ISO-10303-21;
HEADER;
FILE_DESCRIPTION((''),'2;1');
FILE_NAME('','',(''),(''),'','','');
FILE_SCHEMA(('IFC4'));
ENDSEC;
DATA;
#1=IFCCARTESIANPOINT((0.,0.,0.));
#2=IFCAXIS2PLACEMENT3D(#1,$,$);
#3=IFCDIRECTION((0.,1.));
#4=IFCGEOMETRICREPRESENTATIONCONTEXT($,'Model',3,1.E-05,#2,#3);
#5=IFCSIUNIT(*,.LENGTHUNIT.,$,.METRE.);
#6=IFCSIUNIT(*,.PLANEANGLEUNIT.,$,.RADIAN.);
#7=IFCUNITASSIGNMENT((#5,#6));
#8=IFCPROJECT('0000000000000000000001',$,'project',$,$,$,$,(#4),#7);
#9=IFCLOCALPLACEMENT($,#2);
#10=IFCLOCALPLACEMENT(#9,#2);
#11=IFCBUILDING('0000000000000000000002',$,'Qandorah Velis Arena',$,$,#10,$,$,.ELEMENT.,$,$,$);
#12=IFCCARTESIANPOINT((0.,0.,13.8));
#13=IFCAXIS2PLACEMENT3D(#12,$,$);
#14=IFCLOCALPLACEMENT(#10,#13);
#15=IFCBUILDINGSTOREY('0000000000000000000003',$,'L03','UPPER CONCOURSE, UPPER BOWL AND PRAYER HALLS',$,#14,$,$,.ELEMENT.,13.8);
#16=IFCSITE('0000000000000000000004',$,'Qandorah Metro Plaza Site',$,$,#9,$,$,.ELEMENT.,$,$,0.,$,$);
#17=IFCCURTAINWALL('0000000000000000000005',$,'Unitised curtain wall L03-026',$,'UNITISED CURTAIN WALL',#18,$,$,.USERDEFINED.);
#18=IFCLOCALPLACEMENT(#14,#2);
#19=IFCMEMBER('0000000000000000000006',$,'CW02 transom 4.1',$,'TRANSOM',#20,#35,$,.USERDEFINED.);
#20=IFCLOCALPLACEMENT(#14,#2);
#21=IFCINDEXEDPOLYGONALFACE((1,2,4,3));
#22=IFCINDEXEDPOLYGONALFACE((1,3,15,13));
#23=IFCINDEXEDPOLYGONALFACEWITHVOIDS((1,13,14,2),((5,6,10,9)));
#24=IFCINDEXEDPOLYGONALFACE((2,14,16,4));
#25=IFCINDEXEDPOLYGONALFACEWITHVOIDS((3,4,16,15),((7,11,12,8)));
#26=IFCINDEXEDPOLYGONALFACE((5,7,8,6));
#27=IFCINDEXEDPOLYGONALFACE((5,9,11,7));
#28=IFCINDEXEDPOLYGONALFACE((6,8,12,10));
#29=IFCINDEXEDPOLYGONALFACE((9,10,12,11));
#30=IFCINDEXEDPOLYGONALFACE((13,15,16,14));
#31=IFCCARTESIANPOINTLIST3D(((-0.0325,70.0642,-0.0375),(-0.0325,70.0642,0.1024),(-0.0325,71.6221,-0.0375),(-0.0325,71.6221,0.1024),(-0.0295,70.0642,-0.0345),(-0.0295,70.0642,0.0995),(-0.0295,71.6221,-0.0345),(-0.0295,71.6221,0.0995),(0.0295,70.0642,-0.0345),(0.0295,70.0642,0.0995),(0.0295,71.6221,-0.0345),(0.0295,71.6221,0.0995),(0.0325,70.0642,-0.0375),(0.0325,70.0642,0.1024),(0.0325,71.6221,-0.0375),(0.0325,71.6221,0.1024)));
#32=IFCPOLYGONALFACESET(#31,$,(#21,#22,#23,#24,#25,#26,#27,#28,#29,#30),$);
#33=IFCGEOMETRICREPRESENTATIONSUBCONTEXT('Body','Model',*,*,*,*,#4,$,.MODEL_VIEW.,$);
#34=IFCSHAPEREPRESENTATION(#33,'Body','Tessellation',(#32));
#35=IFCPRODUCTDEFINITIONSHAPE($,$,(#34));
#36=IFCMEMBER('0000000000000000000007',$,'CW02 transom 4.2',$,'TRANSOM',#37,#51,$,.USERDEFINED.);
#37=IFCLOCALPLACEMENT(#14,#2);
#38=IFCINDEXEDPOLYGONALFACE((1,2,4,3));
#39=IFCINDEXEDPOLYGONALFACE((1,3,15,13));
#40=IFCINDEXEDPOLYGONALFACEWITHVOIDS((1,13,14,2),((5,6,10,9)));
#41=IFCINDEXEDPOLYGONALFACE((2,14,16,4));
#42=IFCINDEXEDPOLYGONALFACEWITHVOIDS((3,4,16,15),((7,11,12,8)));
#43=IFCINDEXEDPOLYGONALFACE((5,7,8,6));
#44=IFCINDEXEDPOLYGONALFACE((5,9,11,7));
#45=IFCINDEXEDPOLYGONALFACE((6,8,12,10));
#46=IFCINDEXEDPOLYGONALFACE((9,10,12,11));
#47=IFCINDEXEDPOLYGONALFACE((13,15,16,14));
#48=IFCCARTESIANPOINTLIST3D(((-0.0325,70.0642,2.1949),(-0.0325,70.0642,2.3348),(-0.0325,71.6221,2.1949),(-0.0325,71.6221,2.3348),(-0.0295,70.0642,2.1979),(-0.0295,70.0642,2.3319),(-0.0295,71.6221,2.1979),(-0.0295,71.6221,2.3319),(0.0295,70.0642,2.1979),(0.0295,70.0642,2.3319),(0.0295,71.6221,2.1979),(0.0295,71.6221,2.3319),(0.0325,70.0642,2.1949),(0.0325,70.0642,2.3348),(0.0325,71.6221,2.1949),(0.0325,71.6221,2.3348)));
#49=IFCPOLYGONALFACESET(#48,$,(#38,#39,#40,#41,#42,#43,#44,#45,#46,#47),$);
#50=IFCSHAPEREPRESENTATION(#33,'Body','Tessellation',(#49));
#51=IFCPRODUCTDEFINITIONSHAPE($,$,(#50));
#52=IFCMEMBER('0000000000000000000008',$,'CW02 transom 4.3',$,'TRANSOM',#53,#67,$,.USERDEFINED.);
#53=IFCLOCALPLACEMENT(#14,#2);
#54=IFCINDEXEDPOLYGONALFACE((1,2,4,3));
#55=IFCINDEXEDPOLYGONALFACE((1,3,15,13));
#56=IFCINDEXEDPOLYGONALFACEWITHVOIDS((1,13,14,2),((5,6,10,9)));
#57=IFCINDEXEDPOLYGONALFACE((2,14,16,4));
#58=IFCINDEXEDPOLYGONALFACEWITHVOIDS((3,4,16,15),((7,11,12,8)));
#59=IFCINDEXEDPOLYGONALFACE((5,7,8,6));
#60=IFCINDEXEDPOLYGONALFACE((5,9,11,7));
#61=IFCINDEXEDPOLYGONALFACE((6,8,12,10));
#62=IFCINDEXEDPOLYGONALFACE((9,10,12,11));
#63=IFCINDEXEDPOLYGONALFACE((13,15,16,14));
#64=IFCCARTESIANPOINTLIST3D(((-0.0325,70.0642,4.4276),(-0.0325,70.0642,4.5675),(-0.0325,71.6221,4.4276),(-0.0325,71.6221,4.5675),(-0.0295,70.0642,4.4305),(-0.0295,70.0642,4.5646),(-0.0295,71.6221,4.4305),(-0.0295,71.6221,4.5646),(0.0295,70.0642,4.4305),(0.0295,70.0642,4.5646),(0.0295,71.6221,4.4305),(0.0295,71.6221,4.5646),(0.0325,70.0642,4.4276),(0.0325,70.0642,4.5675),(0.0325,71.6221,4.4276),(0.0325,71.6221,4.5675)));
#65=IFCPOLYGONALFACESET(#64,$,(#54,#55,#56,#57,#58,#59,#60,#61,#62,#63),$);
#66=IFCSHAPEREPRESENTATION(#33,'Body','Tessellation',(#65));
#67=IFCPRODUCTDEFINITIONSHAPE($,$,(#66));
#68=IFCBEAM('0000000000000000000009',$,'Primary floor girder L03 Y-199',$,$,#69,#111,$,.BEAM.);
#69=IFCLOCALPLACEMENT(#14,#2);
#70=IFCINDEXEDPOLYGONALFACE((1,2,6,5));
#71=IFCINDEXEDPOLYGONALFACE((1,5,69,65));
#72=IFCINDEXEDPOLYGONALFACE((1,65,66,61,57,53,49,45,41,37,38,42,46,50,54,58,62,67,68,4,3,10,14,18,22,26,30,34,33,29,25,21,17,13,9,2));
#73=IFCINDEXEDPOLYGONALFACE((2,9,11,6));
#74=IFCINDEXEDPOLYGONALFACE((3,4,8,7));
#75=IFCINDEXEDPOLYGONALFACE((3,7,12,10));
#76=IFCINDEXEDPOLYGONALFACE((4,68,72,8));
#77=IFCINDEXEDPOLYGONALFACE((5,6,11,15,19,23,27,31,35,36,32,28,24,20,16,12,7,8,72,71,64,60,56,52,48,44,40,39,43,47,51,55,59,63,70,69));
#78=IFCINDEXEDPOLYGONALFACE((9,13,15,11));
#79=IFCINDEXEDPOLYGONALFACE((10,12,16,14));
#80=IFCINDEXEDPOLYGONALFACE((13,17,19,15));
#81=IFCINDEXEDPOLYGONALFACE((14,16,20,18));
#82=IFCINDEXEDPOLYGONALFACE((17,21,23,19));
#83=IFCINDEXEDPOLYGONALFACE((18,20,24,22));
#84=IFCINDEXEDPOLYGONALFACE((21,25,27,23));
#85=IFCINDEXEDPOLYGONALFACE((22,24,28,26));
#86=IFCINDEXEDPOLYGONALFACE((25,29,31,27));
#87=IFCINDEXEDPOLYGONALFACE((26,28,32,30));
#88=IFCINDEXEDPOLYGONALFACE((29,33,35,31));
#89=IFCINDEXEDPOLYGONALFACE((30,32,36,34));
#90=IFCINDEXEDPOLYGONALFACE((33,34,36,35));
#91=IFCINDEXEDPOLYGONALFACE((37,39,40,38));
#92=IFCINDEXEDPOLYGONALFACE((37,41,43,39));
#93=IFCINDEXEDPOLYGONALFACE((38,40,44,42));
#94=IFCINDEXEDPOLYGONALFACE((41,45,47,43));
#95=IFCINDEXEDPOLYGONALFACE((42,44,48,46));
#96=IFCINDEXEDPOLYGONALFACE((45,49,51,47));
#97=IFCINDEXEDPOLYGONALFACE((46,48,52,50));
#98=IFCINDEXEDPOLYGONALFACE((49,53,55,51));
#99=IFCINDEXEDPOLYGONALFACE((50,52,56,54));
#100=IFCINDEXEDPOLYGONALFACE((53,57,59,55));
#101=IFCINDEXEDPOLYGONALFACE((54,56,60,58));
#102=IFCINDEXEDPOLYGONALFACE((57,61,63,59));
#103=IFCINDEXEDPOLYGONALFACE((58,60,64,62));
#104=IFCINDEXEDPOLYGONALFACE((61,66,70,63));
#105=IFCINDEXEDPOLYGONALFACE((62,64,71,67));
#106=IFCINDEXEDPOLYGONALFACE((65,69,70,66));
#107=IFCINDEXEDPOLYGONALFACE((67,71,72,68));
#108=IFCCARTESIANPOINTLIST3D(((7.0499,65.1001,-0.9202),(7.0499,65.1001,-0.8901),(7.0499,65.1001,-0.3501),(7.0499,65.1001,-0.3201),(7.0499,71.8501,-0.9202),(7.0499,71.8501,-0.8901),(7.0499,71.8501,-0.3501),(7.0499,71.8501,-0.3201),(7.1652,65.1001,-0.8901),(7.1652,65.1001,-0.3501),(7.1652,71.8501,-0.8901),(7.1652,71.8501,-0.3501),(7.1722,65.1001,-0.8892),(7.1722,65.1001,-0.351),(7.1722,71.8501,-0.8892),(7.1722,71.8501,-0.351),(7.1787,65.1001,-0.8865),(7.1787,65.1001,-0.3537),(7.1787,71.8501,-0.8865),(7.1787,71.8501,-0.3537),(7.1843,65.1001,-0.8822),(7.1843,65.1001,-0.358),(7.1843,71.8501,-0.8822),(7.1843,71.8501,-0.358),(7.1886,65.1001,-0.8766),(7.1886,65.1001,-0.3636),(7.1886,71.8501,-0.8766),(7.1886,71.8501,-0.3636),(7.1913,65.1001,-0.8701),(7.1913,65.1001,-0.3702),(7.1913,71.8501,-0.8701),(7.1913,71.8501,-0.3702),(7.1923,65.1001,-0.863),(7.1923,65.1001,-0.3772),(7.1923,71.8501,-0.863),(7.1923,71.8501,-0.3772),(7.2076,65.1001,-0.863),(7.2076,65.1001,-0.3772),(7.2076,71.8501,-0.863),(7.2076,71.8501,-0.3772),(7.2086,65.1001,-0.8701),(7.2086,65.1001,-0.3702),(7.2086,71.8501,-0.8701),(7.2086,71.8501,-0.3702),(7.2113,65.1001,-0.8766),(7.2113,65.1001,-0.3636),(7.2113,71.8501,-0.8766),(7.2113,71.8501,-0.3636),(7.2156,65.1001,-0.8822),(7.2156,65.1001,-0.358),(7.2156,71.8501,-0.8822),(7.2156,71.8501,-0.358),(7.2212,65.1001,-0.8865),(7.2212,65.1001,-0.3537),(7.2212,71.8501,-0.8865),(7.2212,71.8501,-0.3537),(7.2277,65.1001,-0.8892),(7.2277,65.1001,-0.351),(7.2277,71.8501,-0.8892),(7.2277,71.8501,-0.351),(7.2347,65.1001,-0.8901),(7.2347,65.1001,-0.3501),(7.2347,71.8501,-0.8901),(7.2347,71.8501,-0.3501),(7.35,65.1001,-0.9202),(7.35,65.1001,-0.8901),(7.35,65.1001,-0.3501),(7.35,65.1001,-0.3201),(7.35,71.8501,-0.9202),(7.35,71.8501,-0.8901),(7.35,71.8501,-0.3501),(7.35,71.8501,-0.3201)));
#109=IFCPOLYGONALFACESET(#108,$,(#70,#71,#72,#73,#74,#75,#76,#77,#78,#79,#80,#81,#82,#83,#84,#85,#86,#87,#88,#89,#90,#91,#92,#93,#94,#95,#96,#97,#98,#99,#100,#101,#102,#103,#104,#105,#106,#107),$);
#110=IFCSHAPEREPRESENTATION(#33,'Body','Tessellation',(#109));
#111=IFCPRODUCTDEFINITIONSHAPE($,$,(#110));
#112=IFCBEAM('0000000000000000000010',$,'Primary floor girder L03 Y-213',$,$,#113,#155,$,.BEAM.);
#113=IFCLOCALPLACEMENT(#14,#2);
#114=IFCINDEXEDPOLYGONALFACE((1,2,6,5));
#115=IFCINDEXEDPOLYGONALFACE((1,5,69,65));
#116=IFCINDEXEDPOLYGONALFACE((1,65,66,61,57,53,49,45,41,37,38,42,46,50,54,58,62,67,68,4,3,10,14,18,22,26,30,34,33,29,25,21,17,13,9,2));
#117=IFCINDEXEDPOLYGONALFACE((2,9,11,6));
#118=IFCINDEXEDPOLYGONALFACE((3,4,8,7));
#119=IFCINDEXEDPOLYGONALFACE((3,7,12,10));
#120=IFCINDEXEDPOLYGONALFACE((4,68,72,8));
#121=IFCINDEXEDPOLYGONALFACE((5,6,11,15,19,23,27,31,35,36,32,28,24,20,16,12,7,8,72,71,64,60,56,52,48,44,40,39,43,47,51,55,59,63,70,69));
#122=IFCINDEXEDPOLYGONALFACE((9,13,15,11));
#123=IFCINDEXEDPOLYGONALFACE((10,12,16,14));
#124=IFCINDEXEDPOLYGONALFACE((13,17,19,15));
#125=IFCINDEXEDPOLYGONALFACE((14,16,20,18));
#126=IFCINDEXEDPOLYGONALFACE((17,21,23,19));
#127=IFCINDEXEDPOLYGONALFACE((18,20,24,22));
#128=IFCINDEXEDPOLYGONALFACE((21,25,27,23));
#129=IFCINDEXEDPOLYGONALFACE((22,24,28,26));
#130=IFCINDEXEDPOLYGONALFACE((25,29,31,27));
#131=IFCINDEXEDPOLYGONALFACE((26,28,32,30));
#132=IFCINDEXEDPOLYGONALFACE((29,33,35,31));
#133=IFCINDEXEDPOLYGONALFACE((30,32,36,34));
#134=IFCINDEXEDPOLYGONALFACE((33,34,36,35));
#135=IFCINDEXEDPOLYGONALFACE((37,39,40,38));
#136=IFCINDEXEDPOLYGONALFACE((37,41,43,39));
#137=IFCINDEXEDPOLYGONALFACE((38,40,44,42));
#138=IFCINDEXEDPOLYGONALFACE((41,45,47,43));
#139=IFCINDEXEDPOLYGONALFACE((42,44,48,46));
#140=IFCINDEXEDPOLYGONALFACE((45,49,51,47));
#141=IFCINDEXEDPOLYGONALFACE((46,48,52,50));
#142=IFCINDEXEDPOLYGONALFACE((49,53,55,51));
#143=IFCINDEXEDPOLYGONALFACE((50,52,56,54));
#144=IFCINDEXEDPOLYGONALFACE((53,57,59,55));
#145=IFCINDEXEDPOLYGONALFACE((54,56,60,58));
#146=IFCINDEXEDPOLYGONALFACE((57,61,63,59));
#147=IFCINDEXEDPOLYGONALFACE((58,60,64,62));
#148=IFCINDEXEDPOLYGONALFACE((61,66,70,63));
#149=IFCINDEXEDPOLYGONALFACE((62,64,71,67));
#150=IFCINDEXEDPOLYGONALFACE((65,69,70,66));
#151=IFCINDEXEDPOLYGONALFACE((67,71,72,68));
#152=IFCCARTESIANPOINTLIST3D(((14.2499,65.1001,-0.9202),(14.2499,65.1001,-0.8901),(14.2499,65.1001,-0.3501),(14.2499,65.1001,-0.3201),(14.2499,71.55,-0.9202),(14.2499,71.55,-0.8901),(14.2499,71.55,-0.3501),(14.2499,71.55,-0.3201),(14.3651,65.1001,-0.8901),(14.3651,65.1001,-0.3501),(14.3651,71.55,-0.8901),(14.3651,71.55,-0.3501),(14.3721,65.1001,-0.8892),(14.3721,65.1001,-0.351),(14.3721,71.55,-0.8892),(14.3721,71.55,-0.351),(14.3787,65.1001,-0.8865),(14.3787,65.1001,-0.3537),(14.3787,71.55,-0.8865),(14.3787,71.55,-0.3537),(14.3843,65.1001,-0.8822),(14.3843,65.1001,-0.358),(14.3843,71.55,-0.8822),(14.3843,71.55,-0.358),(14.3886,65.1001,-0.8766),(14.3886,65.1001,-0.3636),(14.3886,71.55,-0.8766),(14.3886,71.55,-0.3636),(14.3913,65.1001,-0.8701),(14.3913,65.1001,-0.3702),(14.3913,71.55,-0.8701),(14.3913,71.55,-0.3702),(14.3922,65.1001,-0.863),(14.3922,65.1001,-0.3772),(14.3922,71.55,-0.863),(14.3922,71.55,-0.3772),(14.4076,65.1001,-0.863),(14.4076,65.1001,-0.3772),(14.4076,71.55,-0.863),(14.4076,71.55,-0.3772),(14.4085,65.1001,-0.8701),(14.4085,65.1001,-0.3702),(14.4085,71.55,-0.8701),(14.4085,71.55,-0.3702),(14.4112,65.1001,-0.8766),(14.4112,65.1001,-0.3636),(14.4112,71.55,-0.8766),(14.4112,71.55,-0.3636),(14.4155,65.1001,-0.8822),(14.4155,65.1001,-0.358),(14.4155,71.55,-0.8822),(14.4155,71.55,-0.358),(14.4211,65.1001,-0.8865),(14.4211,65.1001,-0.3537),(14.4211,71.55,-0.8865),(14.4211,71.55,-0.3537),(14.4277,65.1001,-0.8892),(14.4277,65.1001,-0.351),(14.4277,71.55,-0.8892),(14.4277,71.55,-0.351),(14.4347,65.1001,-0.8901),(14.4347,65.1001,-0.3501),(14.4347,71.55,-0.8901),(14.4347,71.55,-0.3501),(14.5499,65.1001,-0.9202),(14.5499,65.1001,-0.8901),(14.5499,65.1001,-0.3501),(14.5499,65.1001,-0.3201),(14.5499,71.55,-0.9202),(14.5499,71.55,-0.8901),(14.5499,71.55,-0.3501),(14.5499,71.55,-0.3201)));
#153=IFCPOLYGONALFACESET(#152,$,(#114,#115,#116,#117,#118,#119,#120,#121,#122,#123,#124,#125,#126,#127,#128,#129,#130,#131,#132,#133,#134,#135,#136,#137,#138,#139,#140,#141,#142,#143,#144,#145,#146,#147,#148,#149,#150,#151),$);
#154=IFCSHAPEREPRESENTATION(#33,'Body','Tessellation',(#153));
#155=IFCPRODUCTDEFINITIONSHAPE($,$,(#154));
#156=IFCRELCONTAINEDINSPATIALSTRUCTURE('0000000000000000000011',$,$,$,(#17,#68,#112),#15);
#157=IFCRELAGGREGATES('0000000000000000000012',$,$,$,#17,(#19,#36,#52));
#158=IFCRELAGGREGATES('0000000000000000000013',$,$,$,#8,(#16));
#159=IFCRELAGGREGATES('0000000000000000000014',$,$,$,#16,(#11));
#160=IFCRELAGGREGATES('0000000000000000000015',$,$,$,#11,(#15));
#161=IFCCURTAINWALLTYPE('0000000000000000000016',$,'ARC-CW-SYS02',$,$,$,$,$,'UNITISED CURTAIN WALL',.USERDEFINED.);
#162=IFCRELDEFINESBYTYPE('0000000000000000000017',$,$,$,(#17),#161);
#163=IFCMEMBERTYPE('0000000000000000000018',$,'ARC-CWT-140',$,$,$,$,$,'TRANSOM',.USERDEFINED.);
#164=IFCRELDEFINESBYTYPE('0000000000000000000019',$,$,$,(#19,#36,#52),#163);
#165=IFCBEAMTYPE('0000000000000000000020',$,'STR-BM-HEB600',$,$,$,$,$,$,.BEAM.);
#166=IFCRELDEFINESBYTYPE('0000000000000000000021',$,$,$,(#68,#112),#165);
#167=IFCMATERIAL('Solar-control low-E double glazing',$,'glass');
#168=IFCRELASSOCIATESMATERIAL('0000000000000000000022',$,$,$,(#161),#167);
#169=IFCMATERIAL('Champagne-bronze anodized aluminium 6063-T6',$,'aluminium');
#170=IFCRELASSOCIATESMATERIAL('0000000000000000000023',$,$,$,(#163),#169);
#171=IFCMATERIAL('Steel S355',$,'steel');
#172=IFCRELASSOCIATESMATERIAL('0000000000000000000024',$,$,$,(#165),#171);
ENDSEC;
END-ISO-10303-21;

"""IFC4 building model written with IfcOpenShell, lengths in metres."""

from ifc_helpers import new_model, si_unit, direction, frame, origin, origin_2d, place, context, subcontext, project, spatial, hollow_rectangle, i_section, extrude, material, material_profile, profile_set, type_object, element, aggregate, save


model = new_model("IFC4")

# Units and contexts
model_context = context("Model", 3, precision=1e-05, world=origin(), true_north=direction((0.0, 1.0)))
body_context = subcontext(model_context, "Body", "Model", "MODEL_VIEW")
ifc_project = project(units=[si_unit("LENGTHUNIT", "METRE"), si_unit("PLANEANGLEUNIT", "RADIAN")], contexts=[model_context])

# Site, building, storey
site_placement = place(None, origin())
site = spatial("IfcSite", under=ifc_project, at=site_placement, Name="Qandorah Metro Plaza Site", CompositionType="ELEMENT", RefElevation=0.0)
building_placement = place(site_placement, origin())
building = spatial("IfcBuilding", under=site, at=building_placement, Name="Qandorah Velis Arena", CompositionType="ELEMENT")
storey_placement = place(building_placement, frame((0.0, 0.0, 13.8)))
storey = spatial("IfcBuildingStorey", under=building, at=storey_placement, Name="L03", Description="UPPER CONCOURSE, UPPER BOWL AND PRAYER HALLS", CompositionType="ELEMENT", Elevation=13.8)

# Curtain wall, members
ifc_material_1 = material(Name="Solar-control low-E double glazing", Category="glass")
curtain_wall_type = type_object("IfcCurtainWallType", Name="ARC-CW-SYS02", ElementType="UNITISED CURTAIN WALL", PredefinedType="USERDEFINED", material=ifc_material_1)
curtain_wall_placement = place(storey_placement, origin())
curtain_wall = element("IfcCurtainWall", 1, at=curtain_wall_placement, inside=storey, type_object=curtain_wall_type, Name="Unitised curtain wall L03-026", ObjectType="UNITISED CURTAIN WALL", PredefinedType="USERDEFINED")
ifc_material_2 = material(Name="Champagne-bronze anodized aluminium 6063-T6", Category="aluminium")
ifc_material_profile_1 = material_profile(ifc_material_2, hollow_rectangle(XDim=0.0649, YDim=0.1399, WallThickness=0.0029, at=origin_2d()), Name="ALU TRANSOM 65x140")
ifc_profile_set_1 = profile_set([ifc_material_profile_1], Name="Champagne-bronze anodized aluminium 6063-T6")
member_type_1 = type_object("IfcMemberType", Name="ARC-CWT-140", ElementType="TRANSOM", PredefinedType="USERDEFINED", material=ifc_profile_set_1)
member_1_placement = place(storey_placement, frame((0.0, 70.0642, 0.0325), z_axis=(0.0, 1.0, 0.0), x_axis=(-1.0, 0.0, 0.0)))
member_1 = element("IfcMember", 2, at=member_1_placement, type_object=member_type_1, Name="CW02 transom 4.1", ObjectType="TRANSOM", PredefinedType="USERDEFINED", context=body_context, shape_type="SweptSolid", body=[
    extrude(hollow_rectangle(XDim=0.0649, YDim=0.1399, WallThickness=0.0029, at=origin_2d()), origin(), (0.0, 0.0, 1.0), 1.5579),
])
member_2_placement = place(storey_placement, frame((0.0, 70.0642, 2.2649), z_axis=(0.0, 1.0, 0.0), x_axis=(-1.0, 0.0, 0.0)))
member_2 = element("IfcMember", 3, at=member_2_placement, type_object=member_type_1, Name="CW02 transom 4.2", ObjectType="TRANSOM", PredefinedType="USERDEFINED", context=body_context, shape_type="SweptSolid", body=[
    extrude(hollow_rectangle(XDim=0.0649, YDim=0.1399, WallThickness=0.0029, at=origin_2d()), origin(), (0.0, 0.0, 1.0), 1.5579),
])
member_3_placement = place(storey_placement, frame((0.0, 70.0642, 4.4976), z_axis=(0.0, 1.0, 0.0), x_axis=(-1.0, 0.0, 0.0)))
member_3 = element("IfcMember", 4, at=member_3_placement, type_object=member_type_1, Name="CW02 transom 4.3", ObjectType="TRANSOM", PredefinedType="USERDEFINED", context=body_context, shape_type="SweptSolid", body=[
    extrude(hollow_rectangle(XDim=0.0649, YDim=0.1399, WallThickness=0.0029, at=origin_2d()), origin(), (0.0, 0.0, 1.0), 1.5579),
])

# Beams
ifc_material_3 = material(Name="Steel S355", Category="steel")
ifc_material_profile_2 = material_profile(ifc_material_3, i_section(OverallWidth=0.3, OverallDepth=0.6001, WebThickness=0.0154, FlangeThickness=0.03, FilletRadius=0.0271, at=origin_2d()), Name="HEB 600")
ifc_profile_set_2 = profile_set([ifc_material_profile_2], Name="Steel S355")
beam_type_1 = type_object("IfcBeamType", Name="STR-BM-HEB600", PredefinedType="BEAM", material=ifc_profile_set_2)
beam_1_placement = place(storey_placement, frame((7.2, 65.1001, -0.6201), z_axis=(0.0, 1.0, 0.0), x_axis=(-1.0, 0.0, 0.0)))
element("IfcBeam", 5, at=beam_1_placement, inside=storey, type_object=beam_type_1, Name="Primary floor girder L03 Y-199", PredefinedType="BEAM", context=body_context, shape_type="SweptSolid", body=[
    extrude(i_section(OverallWidth=0.3, OverallDepth=0.6001, WebThickness=0.0154, FlangeThickness=0.03, FilletRadius=0.0271, at=origin_2d()), origin(), (0.0, 0.0, 1.0), 6.75),
])
beam_2_placement = place(storey_placement, frame((14.3999, 65.1001, -0.6201), z_axis=(0.0, 1.0, 0.0), x_axis=(-1.0, 0.0, 0.0)))
element("IfcBeam", 6, at=beam_2_placement, inside=storey, type_object=beam_type_1, Name="Primary floor girder L03 Y-213", PredefinedType="BEAM", context=body_context, shape_type="SweptSolid", body=[
    extrude(i_section(OverallWidth=0.3, OverallDepth=0.6001, WebThickness=0.0154, FlangeThickness=0.03, FilletRadius=0.0271, at=origin_2d()), origin(), (0.0, 0.0, 1.0), 6.45),
])

aggregate(curtain_wall, [member_1, member_2, member_3])

save(model, "model.ifc")
